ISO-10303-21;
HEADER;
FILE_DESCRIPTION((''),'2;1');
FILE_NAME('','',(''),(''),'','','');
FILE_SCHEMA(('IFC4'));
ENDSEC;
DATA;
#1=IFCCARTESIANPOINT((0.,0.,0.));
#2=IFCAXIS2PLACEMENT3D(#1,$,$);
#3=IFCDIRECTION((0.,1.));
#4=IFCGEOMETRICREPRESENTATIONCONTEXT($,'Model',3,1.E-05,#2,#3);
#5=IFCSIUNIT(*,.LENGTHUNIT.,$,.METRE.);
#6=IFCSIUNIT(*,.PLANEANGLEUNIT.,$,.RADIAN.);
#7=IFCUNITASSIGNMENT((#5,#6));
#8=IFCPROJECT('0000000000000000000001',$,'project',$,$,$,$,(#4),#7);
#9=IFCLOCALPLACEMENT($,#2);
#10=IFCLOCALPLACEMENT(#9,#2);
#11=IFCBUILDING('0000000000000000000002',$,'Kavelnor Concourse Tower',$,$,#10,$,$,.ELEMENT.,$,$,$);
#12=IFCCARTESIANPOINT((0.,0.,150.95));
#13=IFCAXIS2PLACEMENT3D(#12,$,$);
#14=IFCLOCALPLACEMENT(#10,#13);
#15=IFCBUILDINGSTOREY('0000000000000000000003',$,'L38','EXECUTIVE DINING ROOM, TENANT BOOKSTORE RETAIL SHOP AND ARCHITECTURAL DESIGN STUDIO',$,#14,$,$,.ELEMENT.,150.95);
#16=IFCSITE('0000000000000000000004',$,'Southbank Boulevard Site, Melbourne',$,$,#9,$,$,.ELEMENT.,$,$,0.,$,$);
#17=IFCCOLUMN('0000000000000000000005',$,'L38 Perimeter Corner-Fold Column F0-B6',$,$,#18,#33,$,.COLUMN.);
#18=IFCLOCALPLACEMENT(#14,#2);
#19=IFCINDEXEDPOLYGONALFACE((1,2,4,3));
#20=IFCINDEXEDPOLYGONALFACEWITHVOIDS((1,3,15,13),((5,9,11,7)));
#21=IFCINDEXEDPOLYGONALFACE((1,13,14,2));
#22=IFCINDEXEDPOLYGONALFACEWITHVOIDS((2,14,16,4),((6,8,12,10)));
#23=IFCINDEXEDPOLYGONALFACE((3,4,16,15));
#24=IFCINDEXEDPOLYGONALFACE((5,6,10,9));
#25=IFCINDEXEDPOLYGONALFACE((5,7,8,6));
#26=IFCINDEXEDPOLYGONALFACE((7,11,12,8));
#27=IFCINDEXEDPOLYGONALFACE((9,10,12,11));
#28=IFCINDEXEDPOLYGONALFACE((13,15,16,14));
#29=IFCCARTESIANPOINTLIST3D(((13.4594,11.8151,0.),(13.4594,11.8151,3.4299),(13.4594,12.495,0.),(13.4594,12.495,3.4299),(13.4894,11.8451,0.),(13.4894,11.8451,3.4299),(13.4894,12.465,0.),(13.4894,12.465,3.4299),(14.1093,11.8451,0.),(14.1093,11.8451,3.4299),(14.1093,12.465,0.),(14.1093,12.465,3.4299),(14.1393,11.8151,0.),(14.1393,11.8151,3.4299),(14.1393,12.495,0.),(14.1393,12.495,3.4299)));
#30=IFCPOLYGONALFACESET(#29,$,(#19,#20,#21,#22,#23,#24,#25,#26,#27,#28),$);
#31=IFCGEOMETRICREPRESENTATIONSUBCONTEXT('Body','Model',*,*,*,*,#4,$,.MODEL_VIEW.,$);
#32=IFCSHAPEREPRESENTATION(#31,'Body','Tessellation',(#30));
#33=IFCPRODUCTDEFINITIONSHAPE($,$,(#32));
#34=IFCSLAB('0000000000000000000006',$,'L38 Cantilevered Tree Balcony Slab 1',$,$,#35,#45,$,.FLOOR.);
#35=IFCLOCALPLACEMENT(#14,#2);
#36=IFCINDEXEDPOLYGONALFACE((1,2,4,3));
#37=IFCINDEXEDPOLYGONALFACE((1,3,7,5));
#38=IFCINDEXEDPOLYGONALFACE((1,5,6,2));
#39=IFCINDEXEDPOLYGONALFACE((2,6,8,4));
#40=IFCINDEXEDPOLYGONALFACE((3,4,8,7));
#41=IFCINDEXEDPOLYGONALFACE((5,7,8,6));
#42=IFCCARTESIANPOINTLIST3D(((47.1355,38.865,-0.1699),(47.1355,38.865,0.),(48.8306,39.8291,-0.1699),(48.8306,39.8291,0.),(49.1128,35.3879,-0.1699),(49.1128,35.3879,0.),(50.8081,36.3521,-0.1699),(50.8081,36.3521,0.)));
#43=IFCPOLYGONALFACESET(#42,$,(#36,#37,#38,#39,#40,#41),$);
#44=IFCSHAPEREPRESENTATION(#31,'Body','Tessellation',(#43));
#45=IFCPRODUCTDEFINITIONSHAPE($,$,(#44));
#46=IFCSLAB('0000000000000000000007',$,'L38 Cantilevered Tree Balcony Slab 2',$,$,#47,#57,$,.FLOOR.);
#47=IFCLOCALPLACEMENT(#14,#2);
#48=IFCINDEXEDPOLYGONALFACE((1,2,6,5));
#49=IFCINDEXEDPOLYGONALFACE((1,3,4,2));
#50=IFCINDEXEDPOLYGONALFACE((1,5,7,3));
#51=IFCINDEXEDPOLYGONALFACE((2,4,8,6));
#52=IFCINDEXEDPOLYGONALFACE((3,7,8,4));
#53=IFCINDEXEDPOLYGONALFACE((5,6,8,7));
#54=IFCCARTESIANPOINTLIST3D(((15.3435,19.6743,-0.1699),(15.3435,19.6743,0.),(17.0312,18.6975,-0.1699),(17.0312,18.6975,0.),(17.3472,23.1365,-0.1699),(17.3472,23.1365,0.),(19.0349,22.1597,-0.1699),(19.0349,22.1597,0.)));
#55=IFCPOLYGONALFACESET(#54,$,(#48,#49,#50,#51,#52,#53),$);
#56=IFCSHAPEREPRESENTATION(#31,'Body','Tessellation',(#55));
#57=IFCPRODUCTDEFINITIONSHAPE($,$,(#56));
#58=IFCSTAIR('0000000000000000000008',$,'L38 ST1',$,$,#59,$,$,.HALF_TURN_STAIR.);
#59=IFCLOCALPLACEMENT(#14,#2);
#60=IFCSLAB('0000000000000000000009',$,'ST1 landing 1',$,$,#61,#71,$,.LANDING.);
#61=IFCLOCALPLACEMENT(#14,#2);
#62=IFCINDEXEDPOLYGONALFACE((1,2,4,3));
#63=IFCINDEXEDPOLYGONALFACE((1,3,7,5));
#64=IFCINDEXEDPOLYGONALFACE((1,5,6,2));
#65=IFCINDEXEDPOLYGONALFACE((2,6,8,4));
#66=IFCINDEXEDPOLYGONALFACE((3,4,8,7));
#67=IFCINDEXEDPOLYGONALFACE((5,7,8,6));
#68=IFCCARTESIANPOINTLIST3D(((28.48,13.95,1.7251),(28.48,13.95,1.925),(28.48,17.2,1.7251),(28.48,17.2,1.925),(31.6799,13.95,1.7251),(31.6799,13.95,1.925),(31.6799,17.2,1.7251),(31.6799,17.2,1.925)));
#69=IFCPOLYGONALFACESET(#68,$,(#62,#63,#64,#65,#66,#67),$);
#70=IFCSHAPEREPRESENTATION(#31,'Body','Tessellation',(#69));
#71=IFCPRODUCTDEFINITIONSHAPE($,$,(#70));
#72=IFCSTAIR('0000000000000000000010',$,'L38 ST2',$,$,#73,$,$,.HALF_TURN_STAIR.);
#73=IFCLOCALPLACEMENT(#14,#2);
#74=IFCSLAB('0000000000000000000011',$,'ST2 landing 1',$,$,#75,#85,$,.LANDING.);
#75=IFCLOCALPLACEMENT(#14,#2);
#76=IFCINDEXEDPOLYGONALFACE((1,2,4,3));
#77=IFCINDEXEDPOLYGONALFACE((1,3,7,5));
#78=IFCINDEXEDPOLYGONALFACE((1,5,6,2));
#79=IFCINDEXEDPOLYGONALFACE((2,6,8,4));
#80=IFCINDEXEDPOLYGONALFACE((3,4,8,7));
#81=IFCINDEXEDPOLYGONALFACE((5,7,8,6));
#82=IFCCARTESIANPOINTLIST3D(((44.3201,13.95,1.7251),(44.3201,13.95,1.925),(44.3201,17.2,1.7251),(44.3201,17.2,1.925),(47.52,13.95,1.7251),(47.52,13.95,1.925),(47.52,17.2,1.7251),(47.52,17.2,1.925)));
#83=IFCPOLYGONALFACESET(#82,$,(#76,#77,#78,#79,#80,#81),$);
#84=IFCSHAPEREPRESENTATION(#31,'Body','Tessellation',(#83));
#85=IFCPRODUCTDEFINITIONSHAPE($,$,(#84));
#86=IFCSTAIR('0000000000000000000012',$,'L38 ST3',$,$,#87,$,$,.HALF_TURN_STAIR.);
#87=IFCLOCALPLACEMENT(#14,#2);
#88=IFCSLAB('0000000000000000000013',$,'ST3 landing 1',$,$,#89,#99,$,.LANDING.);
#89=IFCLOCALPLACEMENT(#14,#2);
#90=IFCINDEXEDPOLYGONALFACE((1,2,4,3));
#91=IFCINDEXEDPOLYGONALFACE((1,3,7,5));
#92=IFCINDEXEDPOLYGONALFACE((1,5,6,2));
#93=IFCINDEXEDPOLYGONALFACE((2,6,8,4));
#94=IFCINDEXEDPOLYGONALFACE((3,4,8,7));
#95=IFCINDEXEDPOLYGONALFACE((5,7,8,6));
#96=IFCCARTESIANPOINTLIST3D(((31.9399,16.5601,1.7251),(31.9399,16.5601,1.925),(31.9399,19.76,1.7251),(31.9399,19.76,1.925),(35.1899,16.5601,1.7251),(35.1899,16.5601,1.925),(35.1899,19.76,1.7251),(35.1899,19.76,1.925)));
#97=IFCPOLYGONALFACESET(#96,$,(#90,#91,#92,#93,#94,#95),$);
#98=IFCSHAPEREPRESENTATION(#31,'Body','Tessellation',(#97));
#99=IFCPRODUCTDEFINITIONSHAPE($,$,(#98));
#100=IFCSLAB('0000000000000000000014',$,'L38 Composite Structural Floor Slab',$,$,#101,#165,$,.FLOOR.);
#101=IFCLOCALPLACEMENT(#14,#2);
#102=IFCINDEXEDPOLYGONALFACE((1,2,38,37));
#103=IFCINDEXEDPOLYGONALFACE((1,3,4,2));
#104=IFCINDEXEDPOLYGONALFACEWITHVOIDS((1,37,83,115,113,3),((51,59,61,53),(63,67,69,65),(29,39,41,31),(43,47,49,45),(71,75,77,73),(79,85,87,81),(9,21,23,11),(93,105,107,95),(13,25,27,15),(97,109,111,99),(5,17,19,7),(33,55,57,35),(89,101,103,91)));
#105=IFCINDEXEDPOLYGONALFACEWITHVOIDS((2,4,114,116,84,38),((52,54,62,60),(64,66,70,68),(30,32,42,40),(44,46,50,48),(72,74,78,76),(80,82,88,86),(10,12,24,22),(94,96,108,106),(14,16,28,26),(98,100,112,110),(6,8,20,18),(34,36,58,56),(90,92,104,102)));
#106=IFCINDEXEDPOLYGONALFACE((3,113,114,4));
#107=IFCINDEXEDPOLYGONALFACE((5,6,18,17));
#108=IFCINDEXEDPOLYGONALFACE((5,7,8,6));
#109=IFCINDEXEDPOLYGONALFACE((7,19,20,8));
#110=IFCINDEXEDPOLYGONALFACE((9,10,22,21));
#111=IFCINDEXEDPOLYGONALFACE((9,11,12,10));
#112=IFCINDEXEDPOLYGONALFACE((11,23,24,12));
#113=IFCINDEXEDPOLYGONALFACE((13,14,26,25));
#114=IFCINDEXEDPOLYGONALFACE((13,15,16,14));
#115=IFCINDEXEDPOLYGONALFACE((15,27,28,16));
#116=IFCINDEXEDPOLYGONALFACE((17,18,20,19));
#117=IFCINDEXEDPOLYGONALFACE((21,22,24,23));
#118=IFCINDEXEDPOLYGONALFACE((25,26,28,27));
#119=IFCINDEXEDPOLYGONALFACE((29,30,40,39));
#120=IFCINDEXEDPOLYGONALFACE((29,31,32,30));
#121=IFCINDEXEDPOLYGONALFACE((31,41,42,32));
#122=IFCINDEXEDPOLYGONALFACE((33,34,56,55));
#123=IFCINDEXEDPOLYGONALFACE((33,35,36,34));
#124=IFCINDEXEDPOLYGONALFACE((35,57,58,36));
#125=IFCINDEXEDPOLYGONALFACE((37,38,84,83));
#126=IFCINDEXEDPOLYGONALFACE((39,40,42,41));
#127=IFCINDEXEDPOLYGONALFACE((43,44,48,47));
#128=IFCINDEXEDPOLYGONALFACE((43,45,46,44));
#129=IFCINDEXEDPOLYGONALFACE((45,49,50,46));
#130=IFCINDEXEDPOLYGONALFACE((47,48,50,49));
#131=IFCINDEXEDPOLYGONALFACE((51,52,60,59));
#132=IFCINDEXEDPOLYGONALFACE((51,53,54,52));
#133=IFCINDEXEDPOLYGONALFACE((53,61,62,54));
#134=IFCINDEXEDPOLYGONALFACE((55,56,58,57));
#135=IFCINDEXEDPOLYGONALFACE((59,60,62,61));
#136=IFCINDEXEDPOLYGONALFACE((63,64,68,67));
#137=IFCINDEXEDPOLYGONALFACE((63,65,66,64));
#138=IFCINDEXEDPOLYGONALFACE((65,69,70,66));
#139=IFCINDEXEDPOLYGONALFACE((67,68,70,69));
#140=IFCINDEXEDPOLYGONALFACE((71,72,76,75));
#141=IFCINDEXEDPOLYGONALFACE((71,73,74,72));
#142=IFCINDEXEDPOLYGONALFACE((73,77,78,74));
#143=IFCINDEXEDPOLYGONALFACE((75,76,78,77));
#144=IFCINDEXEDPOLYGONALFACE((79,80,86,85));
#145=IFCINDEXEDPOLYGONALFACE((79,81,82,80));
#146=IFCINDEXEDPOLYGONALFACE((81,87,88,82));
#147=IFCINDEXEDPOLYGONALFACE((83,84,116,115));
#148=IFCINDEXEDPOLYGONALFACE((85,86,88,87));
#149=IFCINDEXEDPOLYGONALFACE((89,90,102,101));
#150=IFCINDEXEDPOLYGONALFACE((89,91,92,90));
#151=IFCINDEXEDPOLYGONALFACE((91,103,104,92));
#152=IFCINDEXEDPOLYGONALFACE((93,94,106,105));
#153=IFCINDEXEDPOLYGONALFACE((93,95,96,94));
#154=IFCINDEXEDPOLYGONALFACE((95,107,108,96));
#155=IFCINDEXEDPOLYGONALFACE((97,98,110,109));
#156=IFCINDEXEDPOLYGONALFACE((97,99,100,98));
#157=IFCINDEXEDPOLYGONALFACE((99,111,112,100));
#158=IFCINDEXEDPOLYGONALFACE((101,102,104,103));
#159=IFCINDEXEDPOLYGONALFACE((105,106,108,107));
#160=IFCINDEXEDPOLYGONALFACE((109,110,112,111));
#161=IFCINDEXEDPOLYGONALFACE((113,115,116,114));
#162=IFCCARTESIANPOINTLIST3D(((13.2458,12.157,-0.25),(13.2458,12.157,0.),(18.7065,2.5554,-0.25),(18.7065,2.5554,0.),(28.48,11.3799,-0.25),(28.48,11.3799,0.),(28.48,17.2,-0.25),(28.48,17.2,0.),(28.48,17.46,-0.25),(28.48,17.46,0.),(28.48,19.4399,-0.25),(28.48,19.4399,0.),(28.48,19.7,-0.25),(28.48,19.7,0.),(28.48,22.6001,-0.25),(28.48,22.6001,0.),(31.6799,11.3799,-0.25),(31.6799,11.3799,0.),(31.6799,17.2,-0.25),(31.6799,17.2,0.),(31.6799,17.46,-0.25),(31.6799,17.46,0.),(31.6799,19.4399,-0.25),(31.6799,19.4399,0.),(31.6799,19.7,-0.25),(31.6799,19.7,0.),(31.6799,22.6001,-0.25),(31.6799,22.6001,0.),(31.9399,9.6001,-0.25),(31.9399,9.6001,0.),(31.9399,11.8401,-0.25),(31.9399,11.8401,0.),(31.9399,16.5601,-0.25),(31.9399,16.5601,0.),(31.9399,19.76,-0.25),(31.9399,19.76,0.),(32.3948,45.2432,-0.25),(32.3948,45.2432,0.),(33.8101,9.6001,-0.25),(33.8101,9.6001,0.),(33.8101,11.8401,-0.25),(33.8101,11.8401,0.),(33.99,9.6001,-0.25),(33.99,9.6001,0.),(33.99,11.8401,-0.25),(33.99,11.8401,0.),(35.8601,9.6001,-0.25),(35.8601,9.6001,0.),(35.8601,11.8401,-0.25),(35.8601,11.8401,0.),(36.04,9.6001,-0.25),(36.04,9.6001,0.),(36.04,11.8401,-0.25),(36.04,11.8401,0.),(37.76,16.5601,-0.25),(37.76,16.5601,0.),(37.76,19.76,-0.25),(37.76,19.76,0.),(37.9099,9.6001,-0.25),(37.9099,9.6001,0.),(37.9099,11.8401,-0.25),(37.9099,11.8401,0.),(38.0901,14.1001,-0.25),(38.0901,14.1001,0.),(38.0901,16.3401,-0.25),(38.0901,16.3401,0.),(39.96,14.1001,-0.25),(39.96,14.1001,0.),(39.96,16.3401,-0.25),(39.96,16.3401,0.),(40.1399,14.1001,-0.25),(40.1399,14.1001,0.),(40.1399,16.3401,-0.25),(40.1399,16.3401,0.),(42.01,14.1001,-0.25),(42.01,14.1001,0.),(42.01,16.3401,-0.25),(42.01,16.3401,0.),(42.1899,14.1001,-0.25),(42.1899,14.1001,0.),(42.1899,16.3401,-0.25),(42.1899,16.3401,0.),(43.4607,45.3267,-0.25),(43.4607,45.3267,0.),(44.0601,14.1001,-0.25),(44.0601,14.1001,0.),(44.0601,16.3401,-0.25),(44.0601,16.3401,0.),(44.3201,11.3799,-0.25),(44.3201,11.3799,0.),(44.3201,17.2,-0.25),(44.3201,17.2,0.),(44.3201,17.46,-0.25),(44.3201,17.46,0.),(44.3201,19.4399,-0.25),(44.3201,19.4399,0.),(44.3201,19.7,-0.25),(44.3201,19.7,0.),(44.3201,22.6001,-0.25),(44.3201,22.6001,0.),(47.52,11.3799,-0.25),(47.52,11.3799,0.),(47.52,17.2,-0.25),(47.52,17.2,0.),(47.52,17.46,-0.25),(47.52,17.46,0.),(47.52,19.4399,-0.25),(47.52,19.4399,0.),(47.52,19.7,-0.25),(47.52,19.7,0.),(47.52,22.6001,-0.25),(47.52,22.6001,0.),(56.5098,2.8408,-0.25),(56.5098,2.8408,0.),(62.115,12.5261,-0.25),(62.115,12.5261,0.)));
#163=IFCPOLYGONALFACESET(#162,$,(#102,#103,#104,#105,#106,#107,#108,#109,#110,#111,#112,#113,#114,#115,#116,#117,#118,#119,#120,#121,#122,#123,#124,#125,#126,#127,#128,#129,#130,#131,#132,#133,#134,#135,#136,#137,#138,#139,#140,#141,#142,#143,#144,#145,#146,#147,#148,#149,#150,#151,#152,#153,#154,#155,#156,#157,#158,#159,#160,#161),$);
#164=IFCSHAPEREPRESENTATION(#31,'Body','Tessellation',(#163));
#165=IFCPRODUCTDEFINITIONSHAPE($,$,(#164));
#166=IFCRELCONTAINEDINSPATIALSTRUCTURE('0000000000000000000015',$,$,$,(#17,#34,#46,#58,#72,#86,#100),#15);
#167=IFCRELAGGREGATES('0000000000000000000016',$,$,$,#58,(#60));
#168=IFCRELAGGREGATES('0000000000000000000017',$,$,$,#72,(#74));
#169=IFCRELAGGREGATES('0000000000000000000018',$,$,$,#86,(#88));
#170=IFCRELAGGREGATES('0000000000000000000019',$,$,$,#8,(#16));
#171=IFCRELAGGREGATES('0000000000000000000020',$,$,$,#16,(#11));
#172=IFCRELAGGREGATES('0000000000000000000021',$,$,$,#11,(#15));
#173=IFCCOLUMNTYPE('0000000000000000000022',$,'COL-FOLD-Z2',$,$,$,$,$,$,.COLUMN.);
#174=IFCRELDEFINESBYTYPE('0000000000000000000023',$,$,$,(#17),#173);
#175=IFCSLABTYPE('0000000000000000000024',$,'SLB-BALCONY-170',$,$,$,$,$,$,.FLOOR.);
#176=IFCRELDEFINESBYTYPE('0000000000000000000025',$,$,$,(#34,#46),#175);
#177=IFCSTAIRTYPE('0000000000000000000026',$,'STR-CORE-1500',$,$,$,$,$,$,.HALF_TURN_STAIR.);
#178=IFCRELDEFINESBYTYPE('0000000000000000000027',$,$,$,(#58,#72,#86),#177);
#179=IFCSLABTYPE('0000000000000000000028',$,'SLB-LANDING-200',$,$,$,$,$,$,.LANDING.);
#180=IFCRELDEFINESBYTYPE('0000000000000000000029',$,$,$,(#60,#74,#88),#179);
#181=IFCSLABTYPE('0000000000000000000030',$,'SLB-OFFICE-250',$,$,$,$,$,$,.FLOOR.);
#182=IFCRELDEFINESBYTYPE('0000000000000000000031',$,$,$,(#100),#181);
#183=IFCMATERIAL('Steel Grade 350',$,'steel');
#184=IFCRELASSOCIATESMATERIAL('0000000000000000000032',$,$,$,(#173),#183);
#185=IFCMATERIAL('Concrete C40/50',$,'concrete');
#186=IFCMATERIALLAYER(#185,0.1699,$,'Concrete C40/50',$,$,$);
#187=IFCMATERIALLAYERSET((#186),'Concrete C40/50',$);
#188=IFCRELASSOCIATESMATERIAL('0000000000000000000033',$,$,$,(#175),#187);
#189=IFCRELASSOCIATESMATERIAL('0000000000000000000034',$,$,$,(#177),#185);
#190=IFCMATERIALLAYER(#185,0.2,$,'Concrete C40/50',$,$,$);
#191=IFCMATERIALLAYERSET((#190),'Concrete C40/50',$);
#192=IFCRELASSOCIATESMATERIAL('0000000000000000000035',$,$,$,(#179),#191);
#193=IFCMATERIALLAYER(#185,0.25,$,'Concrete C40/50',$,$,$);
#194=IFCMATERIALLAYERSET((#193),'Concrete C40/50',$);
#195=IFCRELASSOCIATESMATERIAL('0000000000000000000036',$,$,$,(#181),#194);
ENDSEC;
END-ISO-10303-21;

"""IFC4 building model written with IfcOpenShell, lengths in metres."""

from ifc_helpers import new_model, si_unit, direction, frame, origin, origin_2d, place, context, subcontext, project, spatial, polyline, hollow_rectangle, outline, extrude, material, layer, layer_set, material_profile, profile_set, type_object, element, aggregate, save


model = new_model("IFC4")

# Units and contexts
model_context = context("Model", 3, precision=1e-05, world=origin(), true_north=direction((0.0, 1.0)))
body_context = subcontext(model_context, "Body", "Model", "MODEL_VIEW")
ifc_project = project(units=[si_unit("LENGTHUNIT", "METRE"), si_unit("PLANEANGLEUNIT", "RADIAN")], contexts=[model_context])

# Site, building, storey
site_placement = place(None, origin())
site = spatial("IfcSite", under=ifc_project, at=site_placement, Name="Southbank Boulevard Site, Melbourne", CompositionType="ELEMENT", RefElevation=0.0)
building_placement = place(site_placement, origin())
building = spatial("IfcBuilding", under=site, at=building_placement, Name="Kavelnor Concourse Tower", CompositionType="ELEMENT")
storey_placement = place(building_placement, frame((0.0, 0.0, 150.95)))
storey = spatial("IfcBuildingStorey", under=building, at=storey_placement, Name="L38", Description="EXECUTIVE DINING ROOM, TENANT BOOKSTORE RETAIL SHOP AND ARCHITECTURAL DESIGN STUDIO", CompositionType="ELEMENT", Elevation=150.95)

# Column
ifc_material_1 = material(Name="Steel Grade 350", Category="steel")
ifc_material_profile = material_profile(ifc_material_1, hollow_rectangle(XDim=0.6799, YDim=0.6799, WallThickness=0.03, at=origin_2d()), Name="SHS 680x680x30")
ifc_profile_set = profile_set([ifc_material_profile], Name="Steel Grade 350")
column_type = type_object("IfcColumnType", Name="COL-FOLD-Z2", PredefinedType="COLUMN", material=ifc_profile_set)
column_placement = place(storey_placement, frame((13.7993, 12.155, 0.0), z_axis=(0.0, 0.0, 1.0), x_axis=(1.0, 0.0, 0.0)))
element("IfcColumn", 1, at=column_placement, inside=storey, type_object=column_type, Name="L38 Perimeter Corner-Fold Column F0-B6", PredefinedType="COLUMN", context=body_context, shape_type="SweptSolid", body=[
    extrude(hollow_rectangle(XDim=0.6799, YDim=0.6799, WallThickness=0.03, at=origin_2d()), origin(), (0.0, 0.0, 1.0), 3.4299),
])

# Slabs
ifc_material_2 = material(Name="Concrete C40/50", Category="concrete")
ifc_layer_1 = layer(ifc_material_2, 0.1699, Name="Concrete C40/50")
ifc_layer_set_1 = layer_set([ifc_layer_1], Name="Concrete C40/50")
slab_type_1 = type_object("IfcSlabType", Name="SLB-BALCONY-170", PredefinedType="FLOOR", material=ifc_layer_set_1)
slab_1_placement = place(storey_placement, frame((0.0, 0.0, -0.1699)))
element("IfcSlab", 2, at=slab_1_placement, inside=storey, type_object=slab_type_1, Name="L38 Cantilevered Tree Balcony Slab 1", PredefinedType="FLOOR", context=body_context, shape_type="SweptSolid", body=[
    extrude(outline(polyline([(48.8306, 39.8291), (50.8081, 36.3521), (49.1128, 35.3879), (47.1355, 38.865), (48.8306, 39.8291)])), origin(), (0.0, 0.0, 1.0), 0.1699),
])
slab_2_placement = place(storey_placement, frame((0.0, 0.0, -0.1699)))
element("IfcSlab", 3, at=slab_2_placement, inside=storey, type_object=slab_type_1, Name="L38 Cantilevered Tree Balcony Slab 2", PredefinedType="FLOOR", context=body_context, shape_type="SweptSolid", body=[
    extrude(outline(polyline([(15.3435, 19.6743), (17.3472, 23.1365), (19.0349, 22.1597), (17.0312, 18.6975), (15.3435, 19.6743)])), origin(), (0.0, 0.0, 1.0), 0.1699),
])

# Stairs, slabs
stair_type = type_object("IfcStairType", Name="STR-CORE-1500", PredefinedType="HALF_TURN_STAIR", material=ifc_material_2)
stair_1_placement = place(storey_placement, origin())
stair_1 = element("IfcStair", 4, at=stair_1_placement, inside=storey, type_object=stair_type, Name="L38 ST1", PredefinedType="HALF_TURN_STAIR")
ifc_layer_2 = layer(ifc_material_2, 0.2, Name="Concrete C40/50")
ifc_layer_set_2 = layer_set([ifc_layer_2], Name="Concrete C40/50")
slab_type_2 = type_object("IfcSlabType", Name="SLB-LANDING-200", PredefinedType="LANDING", material=ifc_layer_set_2)
slab_3_placement = place(storey_placement, frame((0.0, 0.0, 1.7251)))
slab_3 = element("IfcSlab", 5, at=slab_3_placement, type_object=slab_type_2, Name="ST1 landing 1", PredefinedType="LANDING", context=body_context, shape_type="SweptSolid", body=[
    extrude(outline(polyline([(31.6799, 13.95), (31.6799, 17.2), (28.48, 17.2), (28.48, 13.95), (31.6799, 13.95)])), origin(), (0.0, 0.0, 1.0), 0.2),
])
aggregate(stair_1, [slab_3])
stair_2_placement = place(storey_placement, origin())
stair_2 = element("IfcStair", 6, at=stair_2_placement, inside=storey, type_object=stair_type, Name="L38 ST2", PredefinedType="HALF_TURN_STAIR")
slab_4_placement = place(storey_placement, frame((0.0, 0.0, 1.7251)))
slab_4 = element("IfcSlab", 7, at=slab_4_placement, type_object=slab_type_2, Name="ST2 landing 1", PredefinedType="LANDING", context=body_context, shape_type="SweptSolid", body=[
    extrude(outline(polyline([(47.52, 13.95), (47.52, 17.2), (44.3201, 17.2), (44.3201, 13.95), (47.52, 13.95)])), origin(), (0.0, 0.0, 1.0), 0.2),
])
aggregate(stair_2, [slab_4])
stair_3_placement = place(storey_placement, origin())
stair_3 = element("IfcStair", 8, at=stair_3_placement, inside=storey, type_object=stair_type, Name="L38 ST3", PredefinedType="HALF_TURN_STAIR")
slab_5_placement = place(storey_placement, frame((0.0, 0.0, 1.7251)))
slab_5 = element("IfcSlab", 9, at=slab_5_placement, type_object=slab_type_2, Name="ST3 landing 1", PredefinedType="LANDING", context=body_context, shape_type="SweptSolid", body=[
    extrude(outline(polyline([(35.1899, 19.76), (31.9399, 19.76), (31.9399, 16.5601), (35.1899, 16.5601), (35.1899, 19.76)])), origin(), (0.0, 0.0, 1.0), 0.2),
])
aggregate(stair_3, [slab_5])

# Slab
ifc_layer_3 = layer(ifc_material_2, 0.25, Name="Concrete C40/50")
ifc_layer_set_3 = layer_set([ifc_layer_3], Name="Concrete C40/50")
slab_type_3 = type_object("IfcSlabType", Name="SLB-OFFICE-250", PredefinedType="FLOOR", material=ifc_layer_set_3)
slab_6_placement = place(storey_placement, frame((0.0, 0.0, -0.25)))
element("IfcSlab", 10, at=slab_6_placement, inside=storey, type_object=slab_type_3, Name="L38 Composite Structural Floor Slab", PredefinedType="FLOOR", context=body_context, shape_type="SweptSolid", body=[
    extrude(outline(polyline([(43.4607, 45.3267), (32.3948, 45.2432), (13.2458, 12.157), (18.7065, 2.5554), (56.5098, 2.8408), (62.115, 12.5261), (43.4607, 45.3267)]), holes=[polyline([(28.48, 11.3799), (31.6799, 11.3799), (31.6799, 17.2), (28.48, 17.2), (28.48, 11.3799)]), polyline([(44.3201, 11.3799), (47.52, 11.3799), (47.52, 17.2), (44.3201, 17.2), (44.3201, 11.3799)]), polyline([(31.9399, 16.5601), (37.76, 16.5601), (37.76, 19.76), (31.9399, 19.76), (31.9399, 16.5601)]), polyline([(28.48, 19.7), (31.6799, 19.7), (31.6799, 22.6001), (28.48, 22.6001), (28.48, 19.7)]), polyline([(44.3201, 19.7), (47.52, 19.7), (47.52, 22.6001), (44.3201, 22.6001), (44.3201, 19.7)]), polyline([(38.0901, 14.1001), (39.96, 14.1001), (39.96, 16.3401), (38.0901, 16.3401), (38.0901, 14.1001)]), polyline([(40.1399, 14.1001), (42.01, 14.1001), (42.01, 16.3401), (40.1399, 16.3401), (40.1399, 14.1001)]), polyline([(42.1899, 14.1001), (44.0601, 14.1001), (44.0601, 16.3401), (42.1899, 16.3401), (42.1899, 14.1001)]), polyline([(31.9399, 9.6001), (33.8101, 9.6001), (33.8101, 11.8401), (31.9399, 11.8401), (31.9399, 9.6001)]), polyline([(33.99, 9.6001), (35.8601, 9.6001), (35.8601, 11.8401), (33.99, 11.8401), (33.99, 9.6001)]), polyline([(36.04, 9.6001), (37.9099, 9.6001), (37.9099, 11.8401), (36.04, 11.8401), (36.04, 9.6001)]), polyline([(28.48, 17.46), (31.6799, 17.46), (31.6799, 19.4399), (28.48, 19.4399), (28.48, 17.46)]), polyline([(44.3201, 17.46), (47.52, 17.46), (47.52, 19.4399), (44.3201, 19.4399), (44.3201, 17.46)])]), origin(), (0.0, 0.0, 1.0), 0.25),
])

save(model, "model.ifc")
